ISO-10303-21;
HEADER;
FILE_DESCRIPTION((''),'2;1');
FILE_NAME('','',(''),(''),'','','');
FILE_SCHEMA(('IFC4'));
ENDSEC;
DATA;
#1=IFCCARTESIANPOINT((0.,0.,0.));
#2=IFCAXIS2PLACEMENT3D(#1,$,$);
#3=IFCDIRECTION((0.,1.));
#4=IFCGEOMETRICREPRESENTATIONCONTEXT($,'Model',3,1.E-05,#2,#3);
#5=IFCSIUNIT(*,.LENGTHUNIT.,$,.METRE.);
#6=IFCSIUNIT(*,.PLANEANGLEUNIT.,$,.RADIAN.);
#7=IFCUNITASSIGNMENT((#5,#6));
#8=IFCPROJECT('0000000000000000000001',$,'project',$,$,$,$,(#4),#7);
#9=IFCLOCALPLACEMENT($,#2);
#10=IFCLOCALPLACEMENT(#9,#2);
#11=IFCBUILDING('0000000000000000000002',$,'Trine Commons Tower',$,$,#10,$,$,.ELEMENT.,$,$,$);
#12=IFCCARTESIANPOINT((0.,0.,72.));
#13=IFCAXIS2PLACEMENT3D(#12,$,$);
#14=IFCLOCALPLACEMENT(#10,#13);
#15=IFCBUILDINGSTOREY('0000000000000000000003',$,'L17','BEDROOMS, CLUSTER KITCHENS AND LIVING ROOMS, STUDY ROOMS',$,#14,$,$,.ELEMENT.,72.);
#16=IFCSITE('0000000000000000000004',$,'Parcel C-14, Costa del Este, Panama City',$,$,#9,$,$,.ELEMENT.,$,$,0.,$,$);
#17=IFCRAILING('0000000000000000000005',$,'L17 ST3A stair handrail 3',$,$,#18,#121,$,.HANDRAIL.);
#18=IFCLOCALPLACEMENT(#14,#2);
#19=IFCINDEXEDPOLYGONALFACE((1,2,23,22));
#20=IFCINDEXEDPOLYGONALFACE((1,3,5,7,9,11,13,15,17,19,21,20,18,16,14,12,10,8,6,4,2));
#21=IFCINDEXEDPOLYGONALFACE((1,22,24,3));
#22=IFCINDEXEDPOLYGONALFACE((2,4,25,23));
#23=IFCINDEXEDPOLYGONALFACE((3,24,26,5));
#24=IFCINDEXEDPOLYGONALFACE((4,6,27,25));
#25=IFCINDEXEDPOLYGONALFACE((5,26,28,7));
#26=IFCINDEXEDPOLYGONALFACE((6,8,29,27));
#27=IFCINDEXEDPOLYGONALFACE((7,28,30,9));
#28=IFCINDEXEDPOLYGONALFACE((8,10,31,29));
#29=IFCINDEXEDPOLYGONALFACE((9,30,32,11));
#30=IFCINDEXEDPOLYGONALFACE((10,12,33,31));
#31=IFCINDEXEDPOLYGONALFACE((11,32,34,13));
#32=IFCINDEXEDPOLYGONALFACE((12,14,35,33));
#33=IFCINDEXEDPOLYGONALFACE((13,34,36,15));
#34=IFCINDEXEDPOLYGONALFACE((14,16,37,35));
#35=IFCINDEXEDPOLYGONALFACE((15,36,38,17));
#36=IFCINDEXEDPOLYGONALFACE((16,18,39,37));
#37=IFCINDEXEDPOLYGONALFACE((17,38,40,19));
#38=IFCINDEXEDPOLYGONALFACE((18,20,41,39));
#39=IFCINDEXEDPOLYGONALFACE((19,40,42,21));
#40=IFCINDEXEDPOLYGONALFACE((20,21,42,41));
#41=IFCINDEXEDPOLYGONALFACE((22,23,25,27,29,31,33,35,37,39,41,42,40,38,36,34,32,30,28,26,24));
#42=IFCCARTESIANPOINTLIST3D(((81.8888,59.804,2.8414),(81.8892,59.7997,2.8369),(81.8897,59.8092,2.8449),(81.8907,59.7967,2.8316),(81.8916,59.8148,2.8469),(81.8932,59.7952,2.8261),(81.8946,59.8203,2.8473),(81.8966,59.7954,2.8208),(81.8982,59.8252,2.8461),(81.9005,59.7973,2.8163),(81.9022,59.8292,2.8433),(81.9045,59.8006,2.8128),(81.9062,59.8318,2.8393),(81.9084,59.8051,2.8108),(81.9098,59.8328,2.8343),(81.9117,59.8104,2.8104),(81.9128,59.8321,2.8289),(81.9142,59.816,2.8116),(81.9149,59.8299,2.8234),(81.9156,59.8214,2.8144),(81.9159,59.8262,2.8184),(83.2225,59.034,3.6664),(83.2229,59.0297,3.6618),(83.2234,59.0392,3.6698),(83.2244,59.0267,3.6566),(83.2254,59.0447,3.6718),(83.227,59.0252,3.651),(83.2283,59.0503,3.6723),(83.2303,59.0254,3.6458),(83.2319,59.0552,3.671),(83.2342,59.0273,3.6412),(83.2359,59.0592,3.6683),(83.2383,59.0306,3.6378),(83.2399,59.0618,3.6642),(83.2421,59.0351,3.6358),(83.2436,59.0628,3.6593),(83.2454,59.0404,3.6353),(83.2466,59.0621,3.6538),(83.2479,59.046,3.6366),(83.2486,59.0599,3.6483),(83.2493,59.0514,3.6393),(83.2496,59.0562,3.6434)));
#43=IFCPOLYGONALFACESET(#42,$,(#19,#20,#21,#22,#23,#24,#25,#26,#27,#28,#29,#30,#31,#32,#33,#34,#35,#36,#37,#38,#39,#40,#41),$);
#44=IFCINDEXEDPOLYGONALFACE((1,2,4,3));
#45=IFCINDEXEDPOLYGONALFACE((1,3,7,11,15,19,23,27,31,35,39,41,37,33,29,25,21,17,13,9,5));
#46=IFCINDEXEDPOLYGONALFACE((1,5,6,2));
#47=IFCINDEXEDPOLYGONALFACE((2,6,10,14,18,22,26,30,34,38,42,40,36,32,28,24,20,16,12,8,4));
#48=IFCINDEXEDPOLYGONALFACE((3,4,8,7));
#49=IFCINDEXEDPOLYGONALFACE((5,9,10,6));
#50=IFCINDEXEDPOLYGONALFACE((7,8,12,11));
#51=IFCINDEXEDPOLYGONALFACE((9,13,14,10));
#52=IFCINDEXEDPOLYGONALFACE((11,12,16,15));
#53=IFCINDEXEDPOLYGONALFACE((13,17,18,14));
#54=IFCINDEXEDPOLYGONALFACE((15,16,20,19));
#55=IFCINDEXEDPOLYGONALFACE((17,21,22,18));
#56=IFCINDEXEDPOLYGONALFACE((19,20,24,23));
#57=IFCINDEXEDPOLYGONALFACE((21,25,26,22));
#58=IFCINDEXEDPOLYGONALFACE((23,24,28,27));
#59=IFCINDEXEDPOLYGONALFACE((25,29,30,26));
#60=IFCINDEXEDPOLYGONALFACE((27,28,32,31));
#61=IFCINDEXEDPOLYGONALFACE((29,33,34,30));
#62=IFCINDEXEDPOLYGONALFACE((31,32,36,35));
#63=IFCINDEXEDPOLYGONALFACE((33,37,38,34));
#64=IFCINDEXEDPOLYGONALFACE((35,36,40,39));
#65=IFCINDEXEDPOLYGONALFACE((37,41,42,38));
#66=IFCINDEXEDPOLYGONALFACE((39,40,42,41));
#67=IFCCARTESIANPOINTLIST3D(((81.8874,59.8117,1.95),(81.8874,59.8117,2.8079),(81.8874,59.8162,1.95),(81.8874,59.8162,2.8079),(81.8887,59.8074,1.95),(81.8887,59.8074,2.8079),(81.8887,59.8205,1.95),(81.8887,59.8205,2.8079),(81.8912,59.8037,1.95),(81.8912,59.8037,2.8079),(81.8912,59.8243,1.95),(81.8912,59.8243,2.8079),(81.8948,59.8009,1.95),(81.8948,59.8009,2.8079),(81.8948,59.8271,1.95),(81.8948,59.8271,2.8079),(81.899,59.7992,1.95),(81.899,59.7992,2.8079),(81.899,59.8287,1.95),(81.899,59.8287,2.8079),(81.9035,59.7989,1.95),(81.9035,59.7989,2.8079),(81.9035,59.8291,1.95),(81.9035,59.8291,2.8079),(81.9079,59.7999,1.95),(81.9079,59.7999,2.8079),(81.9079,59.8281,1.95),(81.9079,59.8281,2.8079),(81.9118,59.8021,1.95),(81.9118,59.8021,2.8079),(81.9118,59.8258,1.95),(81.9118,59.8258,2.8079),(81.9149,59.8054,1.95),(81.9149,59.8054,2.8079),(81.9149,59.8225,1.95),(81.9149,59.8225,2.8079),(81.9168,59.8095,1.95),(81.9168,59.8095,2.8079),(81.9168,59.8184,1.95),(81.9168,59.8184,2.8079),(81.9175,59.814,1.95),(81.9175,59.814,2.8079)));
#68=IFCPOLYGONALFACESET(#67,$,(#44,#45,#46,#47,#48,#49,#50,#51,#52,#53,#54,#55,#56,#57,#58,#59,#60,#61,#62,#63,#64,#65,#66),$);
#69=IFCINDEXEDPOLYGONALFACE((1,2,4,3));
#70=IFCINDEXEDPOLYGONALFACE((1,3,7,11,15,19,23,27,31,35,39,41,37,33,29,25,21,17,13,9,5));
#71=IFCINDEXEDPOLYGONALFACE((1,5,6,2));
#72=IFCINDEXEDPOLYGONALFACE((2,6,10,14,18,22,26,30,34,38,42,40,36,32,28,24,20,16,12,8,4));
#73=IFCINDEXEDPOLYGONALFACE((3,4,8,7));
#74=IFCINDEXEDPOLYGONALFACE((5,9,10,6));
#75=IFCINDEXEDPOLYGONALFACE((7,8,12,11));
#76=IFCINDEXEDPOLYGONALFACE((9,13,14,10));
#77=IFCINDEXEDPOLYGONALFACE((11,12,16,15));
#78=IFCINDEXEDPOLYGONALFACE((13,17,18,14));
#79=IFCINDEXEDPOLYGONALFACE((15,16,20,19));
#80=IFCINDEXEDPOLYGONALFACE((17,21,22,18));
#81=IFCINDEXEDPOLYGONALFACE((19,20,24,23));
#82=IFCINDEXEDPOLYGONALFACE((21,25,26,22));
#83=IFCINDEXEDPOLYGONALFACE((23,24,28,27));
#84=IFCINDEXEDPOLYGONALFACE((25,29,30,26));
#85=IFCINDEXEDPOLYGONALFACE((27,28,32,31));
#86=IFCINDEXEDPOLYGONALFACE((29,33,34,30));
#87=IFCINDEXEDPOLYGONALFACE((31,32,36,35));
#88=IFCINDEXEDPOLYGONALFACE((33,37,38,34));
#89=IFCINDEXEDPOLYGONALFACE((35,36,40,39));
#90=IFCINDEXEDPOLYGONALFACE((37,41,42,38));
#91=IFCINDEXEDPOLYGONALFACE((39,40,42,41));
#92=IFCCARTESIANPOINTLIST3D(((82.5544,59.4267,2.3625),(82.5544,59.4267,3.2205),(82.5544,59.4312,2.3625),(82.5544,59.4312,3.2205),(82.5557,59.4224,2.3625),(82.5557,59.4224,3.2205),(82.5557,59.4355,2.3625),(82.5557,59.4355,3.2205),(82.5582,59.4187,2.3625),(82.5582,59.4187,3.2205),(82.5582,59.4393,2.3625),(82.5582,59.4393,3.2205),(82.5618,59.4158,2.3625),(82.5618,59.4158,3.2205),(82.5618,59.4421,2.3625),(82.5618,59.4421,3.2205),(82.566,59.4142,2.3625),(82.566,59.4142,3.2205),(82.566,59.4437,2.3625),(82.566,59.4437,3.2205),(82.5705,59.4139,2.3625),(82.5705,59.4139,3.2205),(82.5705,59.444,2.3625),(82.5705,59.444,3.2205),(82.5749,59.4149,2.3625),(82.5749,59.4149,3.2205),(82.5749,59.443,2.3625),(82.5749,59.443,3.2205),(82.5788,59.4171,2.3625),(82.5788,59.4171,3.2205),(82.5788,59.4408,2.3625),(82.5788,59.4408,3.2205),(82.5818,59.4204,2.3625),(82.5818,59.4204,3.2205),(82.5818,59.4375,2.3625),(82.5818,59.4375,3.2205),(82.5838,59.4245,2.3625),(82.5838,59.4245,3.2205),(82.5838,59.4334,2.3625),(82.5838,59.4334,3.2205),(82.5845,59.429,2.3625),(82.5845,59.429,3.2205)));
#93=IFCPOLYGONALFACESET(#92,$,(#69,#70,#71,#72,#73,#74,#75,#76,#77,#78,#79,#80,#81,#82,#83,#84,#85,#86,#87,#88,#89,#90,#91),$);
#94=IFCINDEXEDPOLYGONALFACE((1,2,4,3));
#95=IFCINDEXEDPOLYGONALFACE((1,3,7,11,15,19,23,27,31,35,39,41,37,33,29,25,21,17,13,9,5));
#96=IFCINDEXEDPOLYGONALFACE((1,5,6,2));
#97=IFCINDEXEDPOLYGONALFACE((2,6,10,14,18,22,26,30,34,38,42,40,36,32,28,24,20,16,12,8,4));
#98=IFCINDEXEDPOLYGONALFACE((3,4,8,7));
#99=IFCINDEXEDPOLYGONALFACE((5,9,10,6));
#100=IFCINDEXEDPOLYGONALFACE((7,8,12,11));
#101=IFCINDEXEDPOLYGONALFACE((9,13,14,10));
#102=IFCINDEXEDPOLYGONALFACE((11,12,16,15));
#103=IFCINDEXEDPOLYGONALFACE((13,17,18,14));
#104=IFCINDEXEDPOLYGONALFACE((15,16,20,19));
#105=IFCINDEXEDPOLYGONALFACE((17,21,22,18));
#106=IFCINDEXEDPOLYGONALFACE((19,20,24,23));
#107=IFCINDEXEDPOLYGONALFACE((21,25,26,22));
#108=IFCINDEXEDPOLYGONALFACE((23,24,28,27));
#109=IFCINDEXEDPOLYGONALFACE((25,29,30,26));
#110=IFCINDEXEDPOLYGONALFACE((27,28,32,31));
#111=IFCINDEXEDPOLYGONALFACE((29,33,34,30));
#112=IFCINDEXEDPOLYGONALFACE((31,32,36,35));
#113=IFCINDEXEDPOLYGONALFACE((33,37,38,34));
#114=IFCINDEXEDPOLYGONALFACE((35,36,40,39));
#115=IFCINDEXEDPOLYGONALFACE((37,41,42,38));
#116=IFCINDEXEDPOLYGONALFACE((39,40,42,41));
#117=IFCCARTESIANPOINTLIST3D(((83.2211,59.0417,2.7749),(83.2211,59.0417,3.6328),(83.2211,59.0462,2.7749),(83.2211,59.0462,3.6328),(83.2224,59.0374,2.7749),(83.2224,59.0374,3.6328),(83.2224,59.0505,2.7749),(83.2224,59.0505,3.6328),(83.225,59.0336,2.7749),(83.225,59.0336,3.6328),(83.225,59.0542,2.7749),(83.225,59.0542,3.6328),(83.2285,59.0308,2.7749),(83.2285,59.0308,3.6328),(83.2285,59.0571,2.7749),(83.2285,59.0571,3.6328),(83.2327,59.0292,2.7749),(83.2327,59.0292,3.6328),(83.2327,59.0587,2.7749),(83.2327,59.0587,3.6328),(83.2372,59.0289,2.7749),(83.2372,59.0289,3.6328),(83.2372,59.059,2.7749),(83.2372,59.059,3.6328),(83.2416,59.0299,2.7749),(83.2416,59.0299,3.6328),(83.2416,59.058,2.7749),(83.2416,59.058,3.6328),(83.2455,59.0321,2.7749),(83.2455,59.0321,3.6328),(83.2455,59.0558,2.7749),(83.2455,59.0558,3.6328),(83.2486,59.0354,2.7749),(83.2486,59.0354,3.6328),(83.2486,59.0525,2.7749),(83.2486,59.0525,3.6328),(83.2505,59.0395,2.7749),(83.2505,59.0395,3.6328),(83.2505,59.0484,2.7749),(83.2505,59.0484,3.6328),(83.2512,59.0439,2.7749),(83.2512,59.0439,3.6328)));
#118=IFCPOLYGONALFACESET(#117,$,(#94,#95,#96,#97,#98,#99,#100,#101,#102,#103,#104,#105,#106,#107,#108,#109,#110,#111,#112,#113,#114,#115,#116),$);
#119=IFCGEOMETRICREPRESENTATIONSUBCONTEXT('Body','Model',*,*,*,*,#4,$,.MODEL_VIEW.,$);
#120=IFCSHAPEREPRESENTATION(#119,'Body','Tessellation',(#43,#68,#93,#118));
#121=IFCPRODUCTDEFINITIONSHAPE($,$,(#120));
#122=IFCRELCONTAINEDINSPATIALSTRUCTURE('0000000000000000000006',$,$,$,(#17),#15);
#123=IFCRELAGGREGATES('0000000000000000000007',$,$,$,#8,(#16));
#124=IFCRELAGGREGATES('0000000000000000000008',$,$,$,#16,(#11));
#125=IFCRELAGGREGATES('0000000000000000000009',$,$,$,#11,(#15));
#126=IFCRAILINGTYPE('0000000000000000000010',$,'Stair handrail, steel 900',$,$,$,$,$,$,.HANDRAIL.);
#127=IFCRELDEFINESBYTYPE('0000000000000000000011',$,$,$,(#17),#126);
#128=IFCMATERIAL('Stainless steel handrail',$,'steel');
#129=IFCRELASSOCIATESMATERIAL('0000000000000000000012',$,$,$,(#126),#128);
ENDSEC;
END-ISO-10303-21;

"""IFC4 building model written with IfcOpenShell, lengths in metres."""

from ifc_helpers import new_model, si_unit, direction, frame, origin, origin_2d, place, context, subcontext, project, spatial, circle, extrude, material, type_object, element, save


model = new_model("IFC4")

# Units and contexts
model_context = context("Model", 3, precision=1e-05, world=origin(), true_north=direction((0.0, 1.0)))
body_context = subcontext(model_context, "Body", "Model", "MODEL_VIEW")
ifc_project = project(units=[si_unit("LENGTHUNIT", "METRE"), si_unit("PLANEANGLEUNIT", "RADIAN")], contexts=[model_context])

# Site, building, storey
site_placement = place(None, origin())
site = spatial("IfcSite", under=ifc_project, at=site_placement, Name="Parcel C-14, Costa del Este, Panama City", CompositionType="ELEMENT", RefElevation=0.0)
building_placement = place(site_placement, origin())
building = spatial("IfcBuilding", under=site, at=building_placement, Name="Trine Commons Tower", CompositionType="ELEMENT")
storey_placement = place(building_placement, frame((0.0, 0.0, 72.0)))
storey = spatial("IfcBuildingStorey", under=building, at=storey_placement, Name="L17", Description="BEDROOMS, CLUSTER KITCHENS AND LIVING ROOMS, STUDY ROOMS", CompositionType="ELEMENT", Elevation=72.0)

# Railing
ifc_material_1 = material(Name="Stainless steel handrail", Category="steel")
railing_type_1 = type_object("IfcRailingType", Name="Stair handrail, steel 900", PredefinedType="HANDRAIL", material=ifc_material_1)
railing_1_placement = place(storey_placement, frame((81.9023, 59.814, 1.95)))
element("IfcRailing", 1, at=railing_1_placement, inside=storey, type_object=railing_type_1, Name="L17 ST3A stair handrail 3", PredefinedType="HANDRAIL", context=body_context, shape_type="SweptSolid", body=[
    extrude(circle(Radius=0.021, at=origin_2d()), frame((0.0, 0.0, 0.8789), z_axis=(0.763405, -0.440743, 0.472185), x_axis=(0.499992, 0.86603, 0.0)), (0.0, 0.0, 1.0), 1.7471),
    extrude(circle(Radius=0.0151, at=origin_2d()), origin(), (0.0, 0.0, 1.0), 0.8579),
    extrude(circle(Radius=0.0151, at=origin_2d()), frame((0.667, -0.385, 0.4126)), (0.0, 0.0, 1.0), 0.8579),
    extrude(circle(Radius=0.0151, at=origin_2d()), frame((1.3337, -0.77, 0.825)), (0.0, 0.0, 1.0), 0.8579),
])

save(model, "model.ifc")
